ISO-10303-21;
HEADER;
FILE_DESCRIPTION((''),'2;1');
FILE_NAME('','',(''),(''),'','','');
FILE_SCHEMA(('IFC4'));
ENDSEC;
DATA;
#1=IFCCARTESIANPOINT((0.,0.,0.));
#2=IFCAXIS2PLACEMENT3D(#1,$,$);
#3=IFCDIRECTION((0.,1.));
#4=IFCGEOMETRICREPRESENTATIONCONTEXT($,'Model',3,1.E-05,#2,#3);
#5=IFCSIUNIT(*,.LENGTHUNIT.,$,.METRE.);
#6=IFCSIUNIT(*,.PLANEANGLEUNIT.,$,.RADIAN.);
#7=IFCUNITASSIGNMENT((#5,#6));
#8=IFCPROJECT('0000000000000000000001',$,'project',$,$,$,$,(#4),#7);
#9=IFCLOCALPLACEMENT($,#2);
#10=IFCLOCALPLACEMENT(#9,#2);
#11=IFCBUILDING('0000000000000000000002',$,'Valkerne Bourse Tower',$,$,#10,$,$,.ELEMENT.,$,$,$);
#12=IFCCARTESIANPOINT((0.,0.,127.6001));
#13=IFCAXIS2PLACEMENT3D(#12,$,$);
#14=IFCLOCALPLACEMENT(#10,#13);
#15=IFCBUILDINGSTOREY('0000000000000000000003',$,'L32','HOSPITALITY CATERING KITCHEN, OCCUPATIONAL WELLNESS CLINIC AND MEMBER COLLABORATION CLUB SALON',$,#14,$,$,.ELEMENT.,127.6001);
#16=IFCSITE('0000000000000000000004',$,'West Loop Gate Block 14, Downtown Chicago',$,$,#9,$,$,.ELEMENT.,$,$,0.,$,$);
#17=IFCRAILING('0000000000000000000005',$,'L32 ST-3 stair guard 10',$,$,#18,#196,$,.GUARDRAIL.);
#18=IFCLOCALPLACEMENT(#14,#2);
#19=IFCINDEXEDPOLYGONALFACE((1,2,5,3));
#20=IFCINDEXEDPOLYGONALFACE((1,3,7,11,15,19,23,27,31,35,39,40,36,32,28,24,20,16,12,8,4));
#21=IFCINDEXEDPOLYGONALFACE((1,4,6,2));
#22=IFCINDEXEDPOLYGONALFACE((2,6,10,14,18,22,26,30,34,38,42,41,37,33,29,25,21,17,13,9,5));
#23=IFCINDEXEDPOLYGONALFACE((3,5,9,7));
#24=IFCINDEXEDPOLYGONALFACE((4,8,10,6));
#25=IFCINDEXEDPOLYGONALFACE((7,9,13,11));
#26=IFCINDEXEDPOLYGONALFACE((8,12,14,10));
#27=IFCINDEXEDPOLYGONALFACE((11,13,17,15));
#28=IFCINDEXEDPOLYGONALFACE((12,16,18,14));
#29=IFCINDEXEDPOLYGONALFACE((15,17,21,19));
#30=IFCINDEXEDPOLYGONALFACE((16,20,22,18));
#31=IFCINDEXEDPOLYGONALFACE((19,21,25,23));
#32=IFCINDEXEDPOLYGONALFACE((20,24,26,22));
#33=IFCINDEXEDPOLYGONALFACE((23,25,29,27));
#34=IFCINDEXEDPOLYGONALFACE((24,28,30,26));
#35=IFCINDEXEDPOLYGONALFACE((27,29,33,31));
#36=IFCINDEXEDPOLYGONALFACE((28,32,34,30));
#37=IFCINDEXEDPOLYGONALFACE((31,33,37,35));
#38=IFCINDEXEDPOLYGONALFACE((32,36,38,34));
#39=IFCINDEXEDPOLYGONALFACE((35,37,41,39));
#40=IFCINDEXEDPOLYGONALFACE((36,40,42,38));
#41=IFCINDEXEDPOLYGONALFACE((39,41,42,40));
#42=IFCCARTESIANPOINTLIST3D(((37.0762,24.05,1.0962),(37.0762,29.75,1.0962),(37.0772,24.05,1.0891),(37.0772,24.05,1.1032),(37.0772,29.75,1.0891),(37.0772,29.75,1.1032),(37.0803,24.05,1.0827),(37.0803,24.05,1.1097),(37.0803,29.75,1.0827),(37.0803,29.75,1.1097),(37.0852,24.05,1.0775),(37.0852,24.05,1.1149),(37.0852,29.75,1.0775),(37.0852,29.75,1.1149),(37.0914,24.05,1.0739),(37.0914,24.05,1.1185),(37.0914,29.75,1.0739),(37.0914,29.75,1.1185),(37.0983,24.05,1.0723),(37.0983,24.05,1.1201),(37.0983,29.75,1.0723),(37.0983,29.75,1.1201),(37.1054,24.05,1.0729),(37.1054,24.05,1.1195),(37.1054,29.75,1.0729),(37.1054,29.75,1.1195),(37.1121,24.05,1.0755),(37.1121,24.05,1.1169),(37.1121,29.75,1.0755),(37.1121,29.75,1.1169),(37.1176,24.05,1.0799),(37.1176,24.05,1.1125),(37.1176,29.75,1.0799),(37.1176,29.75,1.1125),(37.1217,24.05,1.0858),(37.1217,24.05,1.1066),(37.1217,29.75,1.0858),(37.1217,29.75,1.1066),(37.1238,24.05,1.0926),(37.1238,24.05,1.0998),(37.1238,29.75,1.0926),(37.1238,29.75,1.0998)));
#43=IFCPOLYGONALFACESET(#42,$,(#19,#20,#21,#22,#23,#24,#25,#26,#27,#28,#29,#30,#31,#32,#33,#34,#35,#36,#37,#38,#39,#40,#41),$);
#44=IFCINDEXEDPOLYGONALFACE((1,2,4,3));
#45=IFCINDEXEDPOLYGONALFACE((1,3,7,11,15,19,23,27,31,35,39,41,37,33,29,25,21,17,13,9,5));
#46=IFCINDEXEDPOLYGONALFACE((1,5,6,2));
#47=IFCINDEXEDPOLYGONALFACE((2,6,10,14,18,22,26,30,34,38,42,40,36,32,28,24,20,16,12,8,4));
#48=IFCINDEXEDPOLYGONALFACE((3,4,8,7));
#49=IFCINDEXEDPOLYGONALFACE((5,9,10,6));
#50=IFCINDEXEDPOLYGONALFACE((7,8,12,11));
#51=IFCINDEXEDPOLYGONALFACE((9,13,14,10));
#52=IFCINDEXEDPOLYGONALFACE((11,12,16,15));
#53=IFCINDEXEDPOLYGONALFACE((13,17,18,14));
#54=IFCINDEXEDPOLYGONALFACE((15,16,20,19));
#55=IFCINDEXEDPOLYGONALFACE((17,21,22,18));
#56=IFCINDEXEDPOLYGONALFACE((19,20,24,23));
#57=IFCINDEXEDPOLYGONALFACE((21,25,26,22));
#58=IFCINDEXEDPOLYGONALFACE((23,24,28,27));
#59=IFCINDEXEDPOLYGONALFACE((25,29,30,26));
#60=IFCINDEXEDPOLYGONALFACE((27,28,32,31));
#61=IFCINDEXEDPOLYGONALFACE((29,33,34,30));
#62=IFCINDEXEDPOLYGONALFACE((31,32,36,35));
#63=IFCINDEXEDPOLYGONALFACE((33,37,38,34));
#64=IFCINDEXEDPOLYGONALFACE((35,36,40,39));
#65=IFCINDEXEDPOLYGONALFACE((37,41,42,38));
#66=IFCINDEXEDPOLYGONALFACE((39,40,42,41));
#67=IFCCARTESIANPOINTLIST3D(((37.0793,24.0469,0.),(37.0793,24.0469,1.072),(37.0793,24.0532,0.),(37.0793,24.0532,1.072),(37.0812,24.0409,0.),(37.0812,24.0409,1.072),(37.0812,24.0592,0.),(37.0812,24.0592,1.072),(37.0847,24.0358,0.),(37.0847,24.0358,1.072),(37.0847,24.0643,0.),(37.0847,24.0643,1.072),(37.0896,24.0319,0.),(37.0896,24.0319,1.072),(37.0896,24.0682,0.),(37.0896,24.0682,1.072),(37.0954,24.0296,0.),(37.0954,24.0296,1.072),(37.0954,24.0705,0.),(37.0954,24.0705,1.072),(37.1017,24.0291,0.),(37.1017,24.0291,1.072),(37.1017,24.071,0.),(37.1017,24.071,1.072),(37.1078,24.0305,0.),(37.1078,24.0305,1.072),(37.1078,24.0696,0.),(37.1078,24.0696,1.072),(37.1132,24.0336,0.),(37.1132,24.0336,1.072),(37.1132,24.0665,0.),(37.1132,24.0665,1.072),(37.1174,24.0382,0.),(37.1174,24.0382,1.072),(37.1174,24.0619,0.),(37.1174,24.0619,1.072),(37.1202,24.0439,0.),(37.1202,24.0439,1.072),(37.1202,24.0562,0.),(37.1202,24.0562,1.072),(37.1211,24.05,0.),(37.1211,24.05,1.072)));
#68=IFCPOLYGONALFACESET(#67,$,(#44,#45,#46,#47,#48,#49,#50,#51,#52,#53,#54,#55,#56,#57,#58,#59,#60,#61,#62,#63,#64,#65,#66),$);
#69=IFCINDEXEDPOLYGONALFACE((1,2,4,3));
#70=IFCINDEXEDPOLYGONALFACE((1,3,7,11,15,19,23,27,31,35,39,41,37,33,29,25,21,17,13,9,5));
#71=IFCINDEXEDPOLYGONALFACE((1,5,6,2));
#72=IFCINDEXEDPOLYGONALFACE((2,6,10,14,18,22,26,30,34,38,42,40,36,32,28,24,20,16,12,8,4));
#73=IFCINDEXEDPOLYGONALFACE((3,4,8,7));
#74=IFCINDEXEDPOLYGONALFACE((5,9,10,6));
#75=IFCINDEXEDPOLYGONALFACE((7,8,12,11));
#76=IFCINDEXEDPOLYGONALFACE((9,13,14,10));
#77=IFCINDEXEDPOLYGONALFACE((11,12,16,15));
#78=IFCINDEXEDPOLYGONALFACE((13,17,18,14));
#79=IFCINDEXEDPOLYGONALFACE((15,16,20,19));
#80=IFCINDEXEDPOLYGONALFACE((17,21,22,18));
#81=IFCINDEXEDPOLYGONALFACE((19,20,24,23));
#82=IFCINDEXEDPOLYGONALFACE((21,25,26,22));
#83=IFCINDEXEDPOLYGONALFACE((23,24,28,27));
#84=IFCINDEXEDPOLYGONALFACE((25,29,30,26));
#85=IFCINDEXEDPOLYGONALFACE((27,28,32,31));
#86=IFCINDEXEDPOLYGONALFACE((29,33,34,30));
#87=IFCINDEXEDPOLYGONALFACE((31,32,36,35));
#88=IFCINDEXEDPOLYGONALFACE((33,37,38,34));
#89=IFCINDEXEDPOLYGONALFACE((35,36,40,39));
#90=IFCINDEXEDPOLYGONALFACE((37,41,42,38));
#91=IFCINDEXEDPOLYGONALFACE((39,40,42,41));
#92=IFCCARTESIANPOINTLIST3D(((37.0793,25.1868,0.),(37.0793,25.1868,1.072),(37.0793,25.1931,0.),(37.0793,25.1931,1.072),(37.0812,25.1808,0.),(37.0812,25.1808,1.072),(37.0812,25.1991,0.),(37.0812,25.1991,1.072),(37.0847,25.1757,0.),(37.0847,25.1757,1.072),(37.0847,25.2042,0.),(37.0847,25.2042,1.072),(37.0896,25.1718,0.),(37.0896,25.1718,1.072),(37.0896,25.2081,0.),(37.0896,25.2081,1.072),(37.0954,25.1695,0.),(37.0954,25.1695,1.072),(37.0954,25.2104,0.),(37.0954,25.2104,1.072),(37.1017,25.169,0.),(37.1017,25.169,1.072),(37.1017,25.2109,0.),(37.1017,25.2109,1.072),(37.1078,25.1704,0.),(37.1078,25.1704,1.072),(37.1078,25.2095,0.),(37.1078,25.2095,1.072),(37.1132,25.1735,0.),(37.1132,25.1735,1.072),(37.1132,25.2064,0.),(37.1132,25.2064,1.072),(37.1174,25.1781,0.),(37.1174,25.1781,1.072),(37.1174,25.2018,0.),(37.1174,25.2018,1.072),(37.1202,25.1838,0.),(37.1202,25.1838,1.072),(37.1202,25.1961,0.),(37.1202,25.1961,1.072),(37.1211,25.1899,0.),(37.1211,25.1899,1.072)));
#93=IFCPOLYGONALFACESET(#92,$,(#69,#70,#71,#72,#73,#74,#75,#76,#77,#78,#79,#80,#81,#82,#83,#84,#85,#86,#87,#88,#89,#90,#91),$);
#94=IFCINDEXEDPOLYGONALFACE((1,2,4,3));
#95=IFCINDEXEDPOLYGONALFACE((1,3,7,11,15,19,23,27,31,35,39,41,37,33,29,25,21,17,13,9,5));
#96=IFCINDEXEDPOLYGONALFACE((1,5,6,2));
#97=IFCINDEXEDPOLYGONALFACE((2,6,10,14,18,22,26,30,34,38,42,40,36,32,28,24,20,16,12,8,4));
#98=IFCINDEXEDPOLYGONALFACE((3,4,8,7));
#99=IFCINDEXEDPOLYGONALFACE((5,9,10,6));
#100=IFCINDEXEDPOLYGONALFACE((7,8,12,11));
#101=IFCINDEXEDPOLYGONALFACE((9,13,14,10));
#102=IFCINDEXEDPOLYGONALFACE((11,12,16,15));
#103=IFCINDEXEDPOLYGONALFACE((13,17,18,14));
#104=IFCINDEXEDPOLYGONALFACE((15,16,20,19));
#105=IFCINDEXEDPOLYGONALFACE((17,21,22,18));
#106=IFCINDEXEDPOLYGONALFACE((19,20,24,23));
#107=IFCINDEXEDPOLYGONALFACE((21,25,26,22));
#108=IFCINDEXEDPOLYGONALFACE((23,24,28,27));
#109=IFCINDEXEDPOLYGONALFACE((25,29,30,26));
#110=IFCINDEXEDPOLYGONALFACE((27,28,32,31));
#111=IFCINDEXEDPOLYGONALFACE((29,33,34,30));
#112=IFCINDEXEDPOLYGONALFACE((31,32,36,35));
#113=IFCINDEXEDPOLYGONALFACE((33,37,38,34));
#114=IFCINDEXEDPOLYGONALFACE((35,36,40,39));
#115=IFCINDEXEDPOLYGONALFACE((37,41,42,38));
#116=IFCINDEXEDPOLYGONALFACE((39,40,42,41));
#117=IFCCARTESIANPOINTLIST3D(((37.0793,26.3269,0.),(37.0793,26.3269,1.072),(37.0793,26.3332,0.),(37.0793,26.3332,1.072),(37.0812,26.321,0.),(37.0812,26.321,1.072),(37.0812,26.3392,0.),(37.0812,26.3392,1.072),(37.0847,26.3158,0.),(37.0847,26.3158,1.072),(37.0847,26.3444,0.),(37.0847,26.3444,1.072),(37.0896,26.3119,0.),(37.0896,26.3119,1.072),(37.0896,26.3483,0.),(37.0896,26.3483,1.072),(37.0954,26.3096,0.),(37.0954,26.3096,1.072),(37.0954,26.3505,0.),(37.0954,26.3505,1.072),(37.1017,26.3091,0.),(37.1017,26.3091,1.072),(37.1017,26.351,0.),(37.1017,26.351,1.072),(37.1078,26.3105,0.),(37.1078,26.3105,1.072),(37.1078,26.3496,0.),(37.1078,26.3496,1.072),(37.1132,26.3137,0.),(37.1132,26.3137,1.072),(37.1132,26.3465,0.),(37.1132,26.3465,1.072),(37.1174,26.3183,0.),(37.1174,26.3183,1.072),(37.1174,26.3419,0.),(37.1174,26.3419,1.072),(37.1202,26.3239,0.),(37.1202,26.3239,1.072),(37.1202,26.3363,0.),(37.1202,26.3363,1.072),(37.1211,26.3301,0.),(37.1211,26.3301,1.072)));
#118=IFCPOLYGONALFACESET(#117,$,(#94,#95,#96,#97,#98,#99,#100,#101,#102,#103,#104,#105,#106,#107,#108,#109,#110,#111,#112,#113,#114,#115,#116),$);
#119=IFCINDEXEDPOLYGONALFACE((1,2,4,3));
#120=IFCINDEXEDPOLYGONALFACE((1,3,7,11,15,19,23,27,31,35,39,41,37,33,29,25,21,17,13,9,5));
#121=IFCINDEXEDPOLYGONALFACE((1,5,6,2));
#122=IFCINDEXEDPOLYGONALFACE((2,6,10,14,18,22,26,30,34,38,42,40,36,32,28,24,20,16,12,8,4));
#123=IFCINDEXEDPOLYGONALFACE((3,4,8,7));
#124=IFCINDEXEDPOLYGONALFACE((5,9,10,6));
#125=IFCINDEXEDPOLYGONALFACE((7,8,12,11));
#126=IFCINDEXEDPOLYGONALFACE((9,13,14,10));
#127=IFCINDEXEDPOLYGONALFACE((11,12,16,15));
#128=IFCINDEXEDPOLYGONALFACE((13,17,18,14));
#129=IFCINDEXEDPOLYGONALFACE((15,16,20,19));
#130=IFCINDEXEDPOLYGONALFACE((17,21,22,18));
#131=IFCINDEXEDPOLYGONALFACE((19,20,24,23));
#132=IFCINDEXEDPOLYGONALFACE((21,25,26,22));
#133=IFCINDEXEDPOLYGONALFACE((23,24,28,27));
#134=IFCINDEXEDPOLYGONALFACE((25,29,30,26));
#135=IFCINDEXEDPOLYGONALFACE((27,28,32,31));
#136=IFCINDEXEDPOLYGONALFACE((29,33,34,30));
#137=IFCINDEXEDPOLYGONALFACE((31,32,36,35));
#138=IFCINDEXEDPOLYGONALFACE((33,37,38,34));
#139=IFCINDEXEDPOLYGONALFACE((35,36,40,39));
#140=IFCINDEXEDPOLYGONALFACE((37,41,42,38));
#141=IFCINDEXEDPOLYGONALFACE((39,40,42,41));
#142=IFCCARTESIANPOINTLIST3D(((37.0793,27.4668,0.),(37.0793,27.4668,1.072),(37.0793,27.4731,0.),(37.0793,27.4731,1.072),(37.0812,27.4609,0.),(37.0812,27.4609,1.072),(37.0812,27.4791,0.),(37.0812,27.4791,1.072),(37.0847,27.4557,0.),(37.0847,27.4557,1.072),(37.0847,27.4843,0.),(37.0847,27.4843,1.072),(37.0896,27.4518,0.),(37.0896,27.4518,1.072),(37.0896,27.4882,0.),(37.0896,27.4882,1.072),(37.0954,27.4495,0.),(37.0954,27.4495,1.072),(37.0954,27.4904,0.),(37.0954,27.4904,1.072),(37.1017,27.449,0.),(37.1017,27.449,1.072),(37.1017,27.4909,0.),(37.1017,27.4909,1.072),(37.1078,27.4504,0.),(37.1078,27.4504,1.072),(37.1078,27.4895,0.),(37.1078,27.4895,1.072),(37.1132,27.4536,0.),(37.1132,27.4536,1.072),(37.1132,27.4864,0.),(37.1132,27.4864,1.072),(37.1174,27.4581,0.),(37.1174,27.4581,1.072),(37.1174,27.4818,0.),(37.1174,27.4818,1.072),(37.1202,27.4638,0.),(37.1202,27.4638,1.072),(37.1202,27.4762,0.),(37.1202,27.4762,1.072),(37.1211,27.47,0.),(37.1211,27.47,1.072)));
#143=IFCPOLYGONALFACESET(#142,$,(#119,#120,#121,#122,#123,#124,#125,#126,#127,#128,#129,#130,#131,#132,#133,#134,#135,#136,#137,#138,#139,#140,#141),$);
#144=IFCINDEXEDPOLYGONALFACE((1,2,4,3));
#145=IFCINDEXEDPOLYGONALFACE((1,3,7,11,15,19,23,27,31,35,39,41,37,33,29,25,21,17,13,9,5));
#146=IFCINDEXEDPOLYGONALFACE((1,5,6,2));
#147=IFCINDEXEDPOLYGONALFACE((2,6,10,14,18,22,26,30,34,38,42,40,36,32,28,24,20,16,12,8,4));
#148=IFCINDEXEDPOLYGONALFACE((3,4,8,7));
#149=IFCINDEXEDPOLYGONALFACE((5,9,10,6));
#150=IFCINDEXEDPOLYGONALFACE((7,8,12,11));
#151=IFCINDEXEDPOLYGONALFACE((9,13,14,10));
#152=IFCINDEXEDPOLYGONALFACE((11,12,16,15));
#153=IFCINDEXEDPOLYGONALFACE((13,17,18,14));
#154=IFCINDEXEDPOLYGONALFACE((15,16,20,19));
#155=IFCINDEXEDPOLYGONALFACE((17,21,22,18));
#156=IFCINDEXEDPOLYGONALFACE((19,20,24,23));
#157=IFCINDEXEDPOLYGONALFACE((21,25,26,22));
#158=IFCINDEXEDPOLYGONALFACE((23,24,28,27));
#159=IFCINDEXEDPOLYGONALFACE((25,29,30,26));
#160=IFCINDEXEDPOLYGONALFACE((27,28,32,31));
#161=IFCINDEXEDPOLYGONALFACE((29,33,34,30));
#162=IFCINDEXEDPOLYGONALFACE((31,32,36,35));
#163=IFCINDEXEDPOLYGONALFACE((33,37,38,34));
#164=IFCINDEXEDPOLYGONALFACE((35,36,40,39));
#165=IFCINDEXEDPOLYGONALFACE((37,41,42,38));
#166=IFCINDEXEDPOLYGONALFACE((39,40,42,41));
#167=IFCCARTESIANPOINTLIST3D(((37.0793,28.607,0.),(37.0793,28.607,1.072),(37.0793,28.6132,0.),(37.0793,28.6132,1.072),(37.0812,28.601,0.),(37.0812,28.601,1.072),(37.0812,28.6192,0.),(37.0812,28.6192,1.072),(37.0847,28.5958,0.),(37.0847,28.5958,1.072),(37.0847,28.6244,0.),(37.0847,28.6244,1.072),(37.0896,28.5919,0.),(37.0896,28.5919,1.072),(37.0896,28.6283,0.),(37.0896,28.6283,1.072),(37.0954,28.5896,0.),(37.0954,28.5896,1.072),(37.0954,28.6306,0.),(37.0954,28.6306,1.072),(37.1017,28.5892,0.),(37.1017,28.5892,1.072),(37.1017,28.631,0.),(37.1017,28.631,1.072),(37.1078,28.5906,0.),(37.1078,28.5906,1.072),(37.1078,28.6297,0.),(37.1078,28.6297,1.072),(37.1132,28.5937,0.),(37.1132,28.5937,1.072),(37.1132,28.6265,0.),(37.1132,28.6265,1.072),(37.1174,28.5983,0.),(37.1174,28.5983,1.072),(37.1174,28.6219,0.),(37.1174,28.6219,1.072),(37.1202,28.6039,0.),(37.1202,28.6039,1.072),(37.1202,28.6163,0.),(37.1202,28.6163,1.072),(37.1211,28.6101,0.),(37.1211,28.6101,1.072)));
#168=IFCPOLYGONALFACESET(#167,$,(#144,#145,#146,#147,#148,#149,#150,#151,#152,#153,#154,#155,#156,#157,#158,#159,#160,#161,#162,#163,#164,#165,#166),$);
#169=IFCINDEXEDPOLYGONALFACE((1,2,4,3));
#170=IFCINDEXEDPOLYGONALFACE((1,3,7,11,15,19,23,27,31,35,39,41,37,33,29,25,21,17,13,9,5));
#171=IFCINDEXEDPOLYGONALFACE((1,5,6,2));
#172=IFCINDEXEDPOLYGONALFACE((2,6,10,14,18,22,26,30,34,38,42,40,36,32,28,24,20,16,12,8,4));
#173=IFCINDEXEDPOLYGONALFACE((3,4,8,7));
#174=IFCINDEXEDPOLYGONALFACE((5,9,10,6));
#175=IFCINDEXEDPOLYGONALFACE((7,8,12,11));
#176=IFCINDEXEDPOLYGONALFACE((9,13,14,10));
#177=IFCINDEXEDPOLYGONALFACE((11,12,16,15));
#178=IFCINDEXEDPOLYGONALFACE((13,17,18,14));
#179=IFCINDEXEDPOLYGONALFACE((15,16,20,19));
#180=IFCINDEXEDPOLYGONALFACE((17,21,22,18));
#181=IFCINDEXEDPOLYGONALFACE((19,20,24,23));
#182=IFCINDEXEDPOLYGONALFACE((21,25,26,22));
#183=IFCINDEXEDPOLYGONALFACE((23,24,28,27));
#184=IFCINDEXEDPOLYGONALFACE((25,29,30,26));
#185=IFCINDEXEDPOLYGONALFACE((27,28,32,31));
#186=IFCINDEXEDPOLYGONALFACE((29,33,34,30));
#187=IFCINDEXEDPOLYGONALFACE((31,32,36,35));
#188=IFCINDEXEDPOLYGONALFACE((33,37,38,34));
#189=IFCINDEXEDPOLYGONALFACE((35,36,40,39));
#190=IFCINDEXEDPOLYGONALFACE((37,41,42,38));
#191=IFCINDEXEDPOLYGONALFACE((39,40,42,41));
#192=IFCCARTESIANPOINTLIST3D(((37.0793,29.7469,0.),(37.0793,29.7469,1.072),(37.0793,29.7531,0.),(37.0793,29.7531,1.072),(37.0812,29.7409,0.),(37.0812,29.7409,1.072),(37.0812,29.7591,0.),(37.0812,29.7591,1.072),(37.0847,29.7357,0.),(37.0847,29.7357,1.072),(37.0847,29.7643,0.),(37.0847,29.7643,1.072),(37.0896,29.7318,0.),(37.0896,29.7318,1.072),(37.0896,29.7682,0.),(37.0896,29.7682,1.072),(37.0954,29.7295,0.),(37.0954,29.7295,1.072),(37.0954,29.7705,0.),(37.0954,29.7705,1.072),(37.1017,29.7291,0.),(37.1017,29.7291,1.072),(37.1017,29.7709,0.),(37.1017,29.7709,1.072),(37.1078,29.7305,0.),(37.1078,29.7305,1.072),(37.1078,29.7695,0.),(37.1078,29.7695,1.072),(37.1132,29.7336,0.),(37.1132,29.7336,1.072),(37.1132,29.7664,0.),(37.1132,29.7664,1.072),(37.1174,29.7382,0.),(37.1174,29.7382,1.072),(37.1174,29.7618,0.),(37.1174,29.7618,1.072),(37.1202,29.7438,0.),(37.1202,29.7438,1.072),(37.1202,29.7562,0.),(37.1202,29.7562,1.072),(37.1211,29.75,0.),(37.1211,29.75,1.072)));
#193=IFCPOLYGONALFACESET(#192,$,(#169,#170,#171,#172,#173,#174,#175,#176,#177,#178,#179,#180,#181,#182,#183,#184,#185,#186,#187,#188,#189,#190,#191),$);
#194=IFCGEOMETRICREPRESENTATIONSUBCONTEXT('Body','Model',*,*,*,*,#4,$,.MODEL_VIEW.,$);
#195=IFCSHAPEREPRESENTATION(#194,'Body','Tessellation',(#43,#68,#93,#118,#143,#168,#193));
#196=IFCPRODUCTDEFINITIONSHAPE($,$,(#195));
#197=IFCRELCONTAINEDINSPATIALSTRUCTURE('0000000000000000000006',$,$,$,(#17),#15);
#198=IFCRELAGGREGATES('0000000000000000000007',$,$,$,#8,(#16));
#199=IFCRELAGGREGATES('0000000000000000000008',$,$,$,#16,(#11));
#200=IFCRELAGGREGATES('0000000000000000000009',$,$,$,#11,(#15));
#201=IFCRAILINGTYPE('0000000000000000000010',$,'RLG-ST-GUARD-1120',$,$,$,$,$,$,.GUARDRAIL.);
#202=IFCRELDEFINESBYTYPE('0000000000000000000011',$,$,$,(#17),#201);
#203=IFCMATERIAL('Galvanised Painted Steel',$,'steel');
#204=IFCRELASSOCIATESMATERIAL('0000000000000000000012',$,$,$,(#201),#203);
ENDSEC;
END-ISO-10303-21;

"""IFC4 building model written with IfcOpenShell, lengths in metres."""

from ifc_helpers import new_model, si_unit, direction, frame, origin, origin_2d, place, context, subcontext, project, spatial, circle, extrude, material, type_object, element, save


model = new_model("IFC4")

# Units and contexts
model_context = context("Model", 3, precision=1e-05, world=origin(), true_north=direction((0.0, 1.0)))
body_context = subcontext(model_context, "Body", "Model", "MODEL_VIEW")
ifc_project = project(units=[si_unit("LENGTHUNIT", "METRE"), si_unit("PLANEANGLEUNIT", "RADIAN")], contexts=[model_context])

# Site, building, storey
site_placement = place(None, origin())
site = spatial("IfcSite", under=ifc_project, at=site_placement, Name="West Loop Gate Block 14, Downtown Chicago", CompositionType="ELEMENT", RefElevation=0.0)
building_placement = place(site_placement, origin())
building = spatial("IfcBuilding", under=site, at=building_placement, Name="Valkerne Bourse Tower", CompositionType="ELEMENT")
storey_placement = place(building_placement, frame((0.0, 0.0, 127.6001)))
storey = spatial("IfcBuildingStorey", under=building, at=storey_placement, Name="L32", Description="HOSPITALITY CATERING KITCHEN, OCCUPATIONAL WELLNESS CLINIC AND MEMBER COLLABORATION CLUB SALON", CompositionType="ELEMENT", Elevation=127.6001)

# Shared definitions
ifc_material_1 = material(Name="Galvanised Painted Steel", Category="steel")

# Railing
railing_type_1 = type_object("IfcRailingType", Name="RLG-ST-GUARD-1120", PredefinedType="GUARDRAIL", material=ifc_material_1)
for number, where, name in (
    (1, (37.1001, 24.05, 0.0), "L32 ST-3 stair guard 10"),
):
    element("IfcRailing", number, at=place(storey_placement, frame(where)), inside=storey, type_object=railing_type_1, Name=name, PredefinedType="GUARDRAIL", context=body_context, shape_type="SweptSolid", body=[
        extrude(circle(Radius=0.0239, at=origin_2d()), frame((0.0, 0.0, 1.0962), z_axis=(0.0, 1.0, 0.0), x_axis=(-1.0, 0.0, 0.0)), (0.0, 0.0, 1.0), 5.7),
        extrude(circle(Radius=0.021, at=origin_2d()), origin(), (0.0, 0.0, 1.0), 1.072),
        extrude(circle(Radius=0.021, at=origin_2d()), frame((0.0, 1.1399, 0.0)), (0.0, 0.0, 1.0), 1.072),
        extrude(circle(Radius=0.021, at=origin_2d()), frame((0.0, 2.28, 0.0)), (0.0, 0.0, 1.0), 1.072),
        extrude(circle(Radius=0.021, at=origin_2d()), frame((0.0, 3.4199, 0.0)), (0.0, 0.0, 1.0), 1.072),
        extrude(circle(Radius=0.021, at=origin_2d()), frame((0.0, 4.5601, 0.0)), (0.0, 0.0, 1.0), 1.072),
        extrude(circle(Radius=0.021, at=origin_2d()), frame((0.0, 5.7, 0.0)), (0.0, 0.0, 1.0), 1.072),
    ])

save(model, "model.ifc")
